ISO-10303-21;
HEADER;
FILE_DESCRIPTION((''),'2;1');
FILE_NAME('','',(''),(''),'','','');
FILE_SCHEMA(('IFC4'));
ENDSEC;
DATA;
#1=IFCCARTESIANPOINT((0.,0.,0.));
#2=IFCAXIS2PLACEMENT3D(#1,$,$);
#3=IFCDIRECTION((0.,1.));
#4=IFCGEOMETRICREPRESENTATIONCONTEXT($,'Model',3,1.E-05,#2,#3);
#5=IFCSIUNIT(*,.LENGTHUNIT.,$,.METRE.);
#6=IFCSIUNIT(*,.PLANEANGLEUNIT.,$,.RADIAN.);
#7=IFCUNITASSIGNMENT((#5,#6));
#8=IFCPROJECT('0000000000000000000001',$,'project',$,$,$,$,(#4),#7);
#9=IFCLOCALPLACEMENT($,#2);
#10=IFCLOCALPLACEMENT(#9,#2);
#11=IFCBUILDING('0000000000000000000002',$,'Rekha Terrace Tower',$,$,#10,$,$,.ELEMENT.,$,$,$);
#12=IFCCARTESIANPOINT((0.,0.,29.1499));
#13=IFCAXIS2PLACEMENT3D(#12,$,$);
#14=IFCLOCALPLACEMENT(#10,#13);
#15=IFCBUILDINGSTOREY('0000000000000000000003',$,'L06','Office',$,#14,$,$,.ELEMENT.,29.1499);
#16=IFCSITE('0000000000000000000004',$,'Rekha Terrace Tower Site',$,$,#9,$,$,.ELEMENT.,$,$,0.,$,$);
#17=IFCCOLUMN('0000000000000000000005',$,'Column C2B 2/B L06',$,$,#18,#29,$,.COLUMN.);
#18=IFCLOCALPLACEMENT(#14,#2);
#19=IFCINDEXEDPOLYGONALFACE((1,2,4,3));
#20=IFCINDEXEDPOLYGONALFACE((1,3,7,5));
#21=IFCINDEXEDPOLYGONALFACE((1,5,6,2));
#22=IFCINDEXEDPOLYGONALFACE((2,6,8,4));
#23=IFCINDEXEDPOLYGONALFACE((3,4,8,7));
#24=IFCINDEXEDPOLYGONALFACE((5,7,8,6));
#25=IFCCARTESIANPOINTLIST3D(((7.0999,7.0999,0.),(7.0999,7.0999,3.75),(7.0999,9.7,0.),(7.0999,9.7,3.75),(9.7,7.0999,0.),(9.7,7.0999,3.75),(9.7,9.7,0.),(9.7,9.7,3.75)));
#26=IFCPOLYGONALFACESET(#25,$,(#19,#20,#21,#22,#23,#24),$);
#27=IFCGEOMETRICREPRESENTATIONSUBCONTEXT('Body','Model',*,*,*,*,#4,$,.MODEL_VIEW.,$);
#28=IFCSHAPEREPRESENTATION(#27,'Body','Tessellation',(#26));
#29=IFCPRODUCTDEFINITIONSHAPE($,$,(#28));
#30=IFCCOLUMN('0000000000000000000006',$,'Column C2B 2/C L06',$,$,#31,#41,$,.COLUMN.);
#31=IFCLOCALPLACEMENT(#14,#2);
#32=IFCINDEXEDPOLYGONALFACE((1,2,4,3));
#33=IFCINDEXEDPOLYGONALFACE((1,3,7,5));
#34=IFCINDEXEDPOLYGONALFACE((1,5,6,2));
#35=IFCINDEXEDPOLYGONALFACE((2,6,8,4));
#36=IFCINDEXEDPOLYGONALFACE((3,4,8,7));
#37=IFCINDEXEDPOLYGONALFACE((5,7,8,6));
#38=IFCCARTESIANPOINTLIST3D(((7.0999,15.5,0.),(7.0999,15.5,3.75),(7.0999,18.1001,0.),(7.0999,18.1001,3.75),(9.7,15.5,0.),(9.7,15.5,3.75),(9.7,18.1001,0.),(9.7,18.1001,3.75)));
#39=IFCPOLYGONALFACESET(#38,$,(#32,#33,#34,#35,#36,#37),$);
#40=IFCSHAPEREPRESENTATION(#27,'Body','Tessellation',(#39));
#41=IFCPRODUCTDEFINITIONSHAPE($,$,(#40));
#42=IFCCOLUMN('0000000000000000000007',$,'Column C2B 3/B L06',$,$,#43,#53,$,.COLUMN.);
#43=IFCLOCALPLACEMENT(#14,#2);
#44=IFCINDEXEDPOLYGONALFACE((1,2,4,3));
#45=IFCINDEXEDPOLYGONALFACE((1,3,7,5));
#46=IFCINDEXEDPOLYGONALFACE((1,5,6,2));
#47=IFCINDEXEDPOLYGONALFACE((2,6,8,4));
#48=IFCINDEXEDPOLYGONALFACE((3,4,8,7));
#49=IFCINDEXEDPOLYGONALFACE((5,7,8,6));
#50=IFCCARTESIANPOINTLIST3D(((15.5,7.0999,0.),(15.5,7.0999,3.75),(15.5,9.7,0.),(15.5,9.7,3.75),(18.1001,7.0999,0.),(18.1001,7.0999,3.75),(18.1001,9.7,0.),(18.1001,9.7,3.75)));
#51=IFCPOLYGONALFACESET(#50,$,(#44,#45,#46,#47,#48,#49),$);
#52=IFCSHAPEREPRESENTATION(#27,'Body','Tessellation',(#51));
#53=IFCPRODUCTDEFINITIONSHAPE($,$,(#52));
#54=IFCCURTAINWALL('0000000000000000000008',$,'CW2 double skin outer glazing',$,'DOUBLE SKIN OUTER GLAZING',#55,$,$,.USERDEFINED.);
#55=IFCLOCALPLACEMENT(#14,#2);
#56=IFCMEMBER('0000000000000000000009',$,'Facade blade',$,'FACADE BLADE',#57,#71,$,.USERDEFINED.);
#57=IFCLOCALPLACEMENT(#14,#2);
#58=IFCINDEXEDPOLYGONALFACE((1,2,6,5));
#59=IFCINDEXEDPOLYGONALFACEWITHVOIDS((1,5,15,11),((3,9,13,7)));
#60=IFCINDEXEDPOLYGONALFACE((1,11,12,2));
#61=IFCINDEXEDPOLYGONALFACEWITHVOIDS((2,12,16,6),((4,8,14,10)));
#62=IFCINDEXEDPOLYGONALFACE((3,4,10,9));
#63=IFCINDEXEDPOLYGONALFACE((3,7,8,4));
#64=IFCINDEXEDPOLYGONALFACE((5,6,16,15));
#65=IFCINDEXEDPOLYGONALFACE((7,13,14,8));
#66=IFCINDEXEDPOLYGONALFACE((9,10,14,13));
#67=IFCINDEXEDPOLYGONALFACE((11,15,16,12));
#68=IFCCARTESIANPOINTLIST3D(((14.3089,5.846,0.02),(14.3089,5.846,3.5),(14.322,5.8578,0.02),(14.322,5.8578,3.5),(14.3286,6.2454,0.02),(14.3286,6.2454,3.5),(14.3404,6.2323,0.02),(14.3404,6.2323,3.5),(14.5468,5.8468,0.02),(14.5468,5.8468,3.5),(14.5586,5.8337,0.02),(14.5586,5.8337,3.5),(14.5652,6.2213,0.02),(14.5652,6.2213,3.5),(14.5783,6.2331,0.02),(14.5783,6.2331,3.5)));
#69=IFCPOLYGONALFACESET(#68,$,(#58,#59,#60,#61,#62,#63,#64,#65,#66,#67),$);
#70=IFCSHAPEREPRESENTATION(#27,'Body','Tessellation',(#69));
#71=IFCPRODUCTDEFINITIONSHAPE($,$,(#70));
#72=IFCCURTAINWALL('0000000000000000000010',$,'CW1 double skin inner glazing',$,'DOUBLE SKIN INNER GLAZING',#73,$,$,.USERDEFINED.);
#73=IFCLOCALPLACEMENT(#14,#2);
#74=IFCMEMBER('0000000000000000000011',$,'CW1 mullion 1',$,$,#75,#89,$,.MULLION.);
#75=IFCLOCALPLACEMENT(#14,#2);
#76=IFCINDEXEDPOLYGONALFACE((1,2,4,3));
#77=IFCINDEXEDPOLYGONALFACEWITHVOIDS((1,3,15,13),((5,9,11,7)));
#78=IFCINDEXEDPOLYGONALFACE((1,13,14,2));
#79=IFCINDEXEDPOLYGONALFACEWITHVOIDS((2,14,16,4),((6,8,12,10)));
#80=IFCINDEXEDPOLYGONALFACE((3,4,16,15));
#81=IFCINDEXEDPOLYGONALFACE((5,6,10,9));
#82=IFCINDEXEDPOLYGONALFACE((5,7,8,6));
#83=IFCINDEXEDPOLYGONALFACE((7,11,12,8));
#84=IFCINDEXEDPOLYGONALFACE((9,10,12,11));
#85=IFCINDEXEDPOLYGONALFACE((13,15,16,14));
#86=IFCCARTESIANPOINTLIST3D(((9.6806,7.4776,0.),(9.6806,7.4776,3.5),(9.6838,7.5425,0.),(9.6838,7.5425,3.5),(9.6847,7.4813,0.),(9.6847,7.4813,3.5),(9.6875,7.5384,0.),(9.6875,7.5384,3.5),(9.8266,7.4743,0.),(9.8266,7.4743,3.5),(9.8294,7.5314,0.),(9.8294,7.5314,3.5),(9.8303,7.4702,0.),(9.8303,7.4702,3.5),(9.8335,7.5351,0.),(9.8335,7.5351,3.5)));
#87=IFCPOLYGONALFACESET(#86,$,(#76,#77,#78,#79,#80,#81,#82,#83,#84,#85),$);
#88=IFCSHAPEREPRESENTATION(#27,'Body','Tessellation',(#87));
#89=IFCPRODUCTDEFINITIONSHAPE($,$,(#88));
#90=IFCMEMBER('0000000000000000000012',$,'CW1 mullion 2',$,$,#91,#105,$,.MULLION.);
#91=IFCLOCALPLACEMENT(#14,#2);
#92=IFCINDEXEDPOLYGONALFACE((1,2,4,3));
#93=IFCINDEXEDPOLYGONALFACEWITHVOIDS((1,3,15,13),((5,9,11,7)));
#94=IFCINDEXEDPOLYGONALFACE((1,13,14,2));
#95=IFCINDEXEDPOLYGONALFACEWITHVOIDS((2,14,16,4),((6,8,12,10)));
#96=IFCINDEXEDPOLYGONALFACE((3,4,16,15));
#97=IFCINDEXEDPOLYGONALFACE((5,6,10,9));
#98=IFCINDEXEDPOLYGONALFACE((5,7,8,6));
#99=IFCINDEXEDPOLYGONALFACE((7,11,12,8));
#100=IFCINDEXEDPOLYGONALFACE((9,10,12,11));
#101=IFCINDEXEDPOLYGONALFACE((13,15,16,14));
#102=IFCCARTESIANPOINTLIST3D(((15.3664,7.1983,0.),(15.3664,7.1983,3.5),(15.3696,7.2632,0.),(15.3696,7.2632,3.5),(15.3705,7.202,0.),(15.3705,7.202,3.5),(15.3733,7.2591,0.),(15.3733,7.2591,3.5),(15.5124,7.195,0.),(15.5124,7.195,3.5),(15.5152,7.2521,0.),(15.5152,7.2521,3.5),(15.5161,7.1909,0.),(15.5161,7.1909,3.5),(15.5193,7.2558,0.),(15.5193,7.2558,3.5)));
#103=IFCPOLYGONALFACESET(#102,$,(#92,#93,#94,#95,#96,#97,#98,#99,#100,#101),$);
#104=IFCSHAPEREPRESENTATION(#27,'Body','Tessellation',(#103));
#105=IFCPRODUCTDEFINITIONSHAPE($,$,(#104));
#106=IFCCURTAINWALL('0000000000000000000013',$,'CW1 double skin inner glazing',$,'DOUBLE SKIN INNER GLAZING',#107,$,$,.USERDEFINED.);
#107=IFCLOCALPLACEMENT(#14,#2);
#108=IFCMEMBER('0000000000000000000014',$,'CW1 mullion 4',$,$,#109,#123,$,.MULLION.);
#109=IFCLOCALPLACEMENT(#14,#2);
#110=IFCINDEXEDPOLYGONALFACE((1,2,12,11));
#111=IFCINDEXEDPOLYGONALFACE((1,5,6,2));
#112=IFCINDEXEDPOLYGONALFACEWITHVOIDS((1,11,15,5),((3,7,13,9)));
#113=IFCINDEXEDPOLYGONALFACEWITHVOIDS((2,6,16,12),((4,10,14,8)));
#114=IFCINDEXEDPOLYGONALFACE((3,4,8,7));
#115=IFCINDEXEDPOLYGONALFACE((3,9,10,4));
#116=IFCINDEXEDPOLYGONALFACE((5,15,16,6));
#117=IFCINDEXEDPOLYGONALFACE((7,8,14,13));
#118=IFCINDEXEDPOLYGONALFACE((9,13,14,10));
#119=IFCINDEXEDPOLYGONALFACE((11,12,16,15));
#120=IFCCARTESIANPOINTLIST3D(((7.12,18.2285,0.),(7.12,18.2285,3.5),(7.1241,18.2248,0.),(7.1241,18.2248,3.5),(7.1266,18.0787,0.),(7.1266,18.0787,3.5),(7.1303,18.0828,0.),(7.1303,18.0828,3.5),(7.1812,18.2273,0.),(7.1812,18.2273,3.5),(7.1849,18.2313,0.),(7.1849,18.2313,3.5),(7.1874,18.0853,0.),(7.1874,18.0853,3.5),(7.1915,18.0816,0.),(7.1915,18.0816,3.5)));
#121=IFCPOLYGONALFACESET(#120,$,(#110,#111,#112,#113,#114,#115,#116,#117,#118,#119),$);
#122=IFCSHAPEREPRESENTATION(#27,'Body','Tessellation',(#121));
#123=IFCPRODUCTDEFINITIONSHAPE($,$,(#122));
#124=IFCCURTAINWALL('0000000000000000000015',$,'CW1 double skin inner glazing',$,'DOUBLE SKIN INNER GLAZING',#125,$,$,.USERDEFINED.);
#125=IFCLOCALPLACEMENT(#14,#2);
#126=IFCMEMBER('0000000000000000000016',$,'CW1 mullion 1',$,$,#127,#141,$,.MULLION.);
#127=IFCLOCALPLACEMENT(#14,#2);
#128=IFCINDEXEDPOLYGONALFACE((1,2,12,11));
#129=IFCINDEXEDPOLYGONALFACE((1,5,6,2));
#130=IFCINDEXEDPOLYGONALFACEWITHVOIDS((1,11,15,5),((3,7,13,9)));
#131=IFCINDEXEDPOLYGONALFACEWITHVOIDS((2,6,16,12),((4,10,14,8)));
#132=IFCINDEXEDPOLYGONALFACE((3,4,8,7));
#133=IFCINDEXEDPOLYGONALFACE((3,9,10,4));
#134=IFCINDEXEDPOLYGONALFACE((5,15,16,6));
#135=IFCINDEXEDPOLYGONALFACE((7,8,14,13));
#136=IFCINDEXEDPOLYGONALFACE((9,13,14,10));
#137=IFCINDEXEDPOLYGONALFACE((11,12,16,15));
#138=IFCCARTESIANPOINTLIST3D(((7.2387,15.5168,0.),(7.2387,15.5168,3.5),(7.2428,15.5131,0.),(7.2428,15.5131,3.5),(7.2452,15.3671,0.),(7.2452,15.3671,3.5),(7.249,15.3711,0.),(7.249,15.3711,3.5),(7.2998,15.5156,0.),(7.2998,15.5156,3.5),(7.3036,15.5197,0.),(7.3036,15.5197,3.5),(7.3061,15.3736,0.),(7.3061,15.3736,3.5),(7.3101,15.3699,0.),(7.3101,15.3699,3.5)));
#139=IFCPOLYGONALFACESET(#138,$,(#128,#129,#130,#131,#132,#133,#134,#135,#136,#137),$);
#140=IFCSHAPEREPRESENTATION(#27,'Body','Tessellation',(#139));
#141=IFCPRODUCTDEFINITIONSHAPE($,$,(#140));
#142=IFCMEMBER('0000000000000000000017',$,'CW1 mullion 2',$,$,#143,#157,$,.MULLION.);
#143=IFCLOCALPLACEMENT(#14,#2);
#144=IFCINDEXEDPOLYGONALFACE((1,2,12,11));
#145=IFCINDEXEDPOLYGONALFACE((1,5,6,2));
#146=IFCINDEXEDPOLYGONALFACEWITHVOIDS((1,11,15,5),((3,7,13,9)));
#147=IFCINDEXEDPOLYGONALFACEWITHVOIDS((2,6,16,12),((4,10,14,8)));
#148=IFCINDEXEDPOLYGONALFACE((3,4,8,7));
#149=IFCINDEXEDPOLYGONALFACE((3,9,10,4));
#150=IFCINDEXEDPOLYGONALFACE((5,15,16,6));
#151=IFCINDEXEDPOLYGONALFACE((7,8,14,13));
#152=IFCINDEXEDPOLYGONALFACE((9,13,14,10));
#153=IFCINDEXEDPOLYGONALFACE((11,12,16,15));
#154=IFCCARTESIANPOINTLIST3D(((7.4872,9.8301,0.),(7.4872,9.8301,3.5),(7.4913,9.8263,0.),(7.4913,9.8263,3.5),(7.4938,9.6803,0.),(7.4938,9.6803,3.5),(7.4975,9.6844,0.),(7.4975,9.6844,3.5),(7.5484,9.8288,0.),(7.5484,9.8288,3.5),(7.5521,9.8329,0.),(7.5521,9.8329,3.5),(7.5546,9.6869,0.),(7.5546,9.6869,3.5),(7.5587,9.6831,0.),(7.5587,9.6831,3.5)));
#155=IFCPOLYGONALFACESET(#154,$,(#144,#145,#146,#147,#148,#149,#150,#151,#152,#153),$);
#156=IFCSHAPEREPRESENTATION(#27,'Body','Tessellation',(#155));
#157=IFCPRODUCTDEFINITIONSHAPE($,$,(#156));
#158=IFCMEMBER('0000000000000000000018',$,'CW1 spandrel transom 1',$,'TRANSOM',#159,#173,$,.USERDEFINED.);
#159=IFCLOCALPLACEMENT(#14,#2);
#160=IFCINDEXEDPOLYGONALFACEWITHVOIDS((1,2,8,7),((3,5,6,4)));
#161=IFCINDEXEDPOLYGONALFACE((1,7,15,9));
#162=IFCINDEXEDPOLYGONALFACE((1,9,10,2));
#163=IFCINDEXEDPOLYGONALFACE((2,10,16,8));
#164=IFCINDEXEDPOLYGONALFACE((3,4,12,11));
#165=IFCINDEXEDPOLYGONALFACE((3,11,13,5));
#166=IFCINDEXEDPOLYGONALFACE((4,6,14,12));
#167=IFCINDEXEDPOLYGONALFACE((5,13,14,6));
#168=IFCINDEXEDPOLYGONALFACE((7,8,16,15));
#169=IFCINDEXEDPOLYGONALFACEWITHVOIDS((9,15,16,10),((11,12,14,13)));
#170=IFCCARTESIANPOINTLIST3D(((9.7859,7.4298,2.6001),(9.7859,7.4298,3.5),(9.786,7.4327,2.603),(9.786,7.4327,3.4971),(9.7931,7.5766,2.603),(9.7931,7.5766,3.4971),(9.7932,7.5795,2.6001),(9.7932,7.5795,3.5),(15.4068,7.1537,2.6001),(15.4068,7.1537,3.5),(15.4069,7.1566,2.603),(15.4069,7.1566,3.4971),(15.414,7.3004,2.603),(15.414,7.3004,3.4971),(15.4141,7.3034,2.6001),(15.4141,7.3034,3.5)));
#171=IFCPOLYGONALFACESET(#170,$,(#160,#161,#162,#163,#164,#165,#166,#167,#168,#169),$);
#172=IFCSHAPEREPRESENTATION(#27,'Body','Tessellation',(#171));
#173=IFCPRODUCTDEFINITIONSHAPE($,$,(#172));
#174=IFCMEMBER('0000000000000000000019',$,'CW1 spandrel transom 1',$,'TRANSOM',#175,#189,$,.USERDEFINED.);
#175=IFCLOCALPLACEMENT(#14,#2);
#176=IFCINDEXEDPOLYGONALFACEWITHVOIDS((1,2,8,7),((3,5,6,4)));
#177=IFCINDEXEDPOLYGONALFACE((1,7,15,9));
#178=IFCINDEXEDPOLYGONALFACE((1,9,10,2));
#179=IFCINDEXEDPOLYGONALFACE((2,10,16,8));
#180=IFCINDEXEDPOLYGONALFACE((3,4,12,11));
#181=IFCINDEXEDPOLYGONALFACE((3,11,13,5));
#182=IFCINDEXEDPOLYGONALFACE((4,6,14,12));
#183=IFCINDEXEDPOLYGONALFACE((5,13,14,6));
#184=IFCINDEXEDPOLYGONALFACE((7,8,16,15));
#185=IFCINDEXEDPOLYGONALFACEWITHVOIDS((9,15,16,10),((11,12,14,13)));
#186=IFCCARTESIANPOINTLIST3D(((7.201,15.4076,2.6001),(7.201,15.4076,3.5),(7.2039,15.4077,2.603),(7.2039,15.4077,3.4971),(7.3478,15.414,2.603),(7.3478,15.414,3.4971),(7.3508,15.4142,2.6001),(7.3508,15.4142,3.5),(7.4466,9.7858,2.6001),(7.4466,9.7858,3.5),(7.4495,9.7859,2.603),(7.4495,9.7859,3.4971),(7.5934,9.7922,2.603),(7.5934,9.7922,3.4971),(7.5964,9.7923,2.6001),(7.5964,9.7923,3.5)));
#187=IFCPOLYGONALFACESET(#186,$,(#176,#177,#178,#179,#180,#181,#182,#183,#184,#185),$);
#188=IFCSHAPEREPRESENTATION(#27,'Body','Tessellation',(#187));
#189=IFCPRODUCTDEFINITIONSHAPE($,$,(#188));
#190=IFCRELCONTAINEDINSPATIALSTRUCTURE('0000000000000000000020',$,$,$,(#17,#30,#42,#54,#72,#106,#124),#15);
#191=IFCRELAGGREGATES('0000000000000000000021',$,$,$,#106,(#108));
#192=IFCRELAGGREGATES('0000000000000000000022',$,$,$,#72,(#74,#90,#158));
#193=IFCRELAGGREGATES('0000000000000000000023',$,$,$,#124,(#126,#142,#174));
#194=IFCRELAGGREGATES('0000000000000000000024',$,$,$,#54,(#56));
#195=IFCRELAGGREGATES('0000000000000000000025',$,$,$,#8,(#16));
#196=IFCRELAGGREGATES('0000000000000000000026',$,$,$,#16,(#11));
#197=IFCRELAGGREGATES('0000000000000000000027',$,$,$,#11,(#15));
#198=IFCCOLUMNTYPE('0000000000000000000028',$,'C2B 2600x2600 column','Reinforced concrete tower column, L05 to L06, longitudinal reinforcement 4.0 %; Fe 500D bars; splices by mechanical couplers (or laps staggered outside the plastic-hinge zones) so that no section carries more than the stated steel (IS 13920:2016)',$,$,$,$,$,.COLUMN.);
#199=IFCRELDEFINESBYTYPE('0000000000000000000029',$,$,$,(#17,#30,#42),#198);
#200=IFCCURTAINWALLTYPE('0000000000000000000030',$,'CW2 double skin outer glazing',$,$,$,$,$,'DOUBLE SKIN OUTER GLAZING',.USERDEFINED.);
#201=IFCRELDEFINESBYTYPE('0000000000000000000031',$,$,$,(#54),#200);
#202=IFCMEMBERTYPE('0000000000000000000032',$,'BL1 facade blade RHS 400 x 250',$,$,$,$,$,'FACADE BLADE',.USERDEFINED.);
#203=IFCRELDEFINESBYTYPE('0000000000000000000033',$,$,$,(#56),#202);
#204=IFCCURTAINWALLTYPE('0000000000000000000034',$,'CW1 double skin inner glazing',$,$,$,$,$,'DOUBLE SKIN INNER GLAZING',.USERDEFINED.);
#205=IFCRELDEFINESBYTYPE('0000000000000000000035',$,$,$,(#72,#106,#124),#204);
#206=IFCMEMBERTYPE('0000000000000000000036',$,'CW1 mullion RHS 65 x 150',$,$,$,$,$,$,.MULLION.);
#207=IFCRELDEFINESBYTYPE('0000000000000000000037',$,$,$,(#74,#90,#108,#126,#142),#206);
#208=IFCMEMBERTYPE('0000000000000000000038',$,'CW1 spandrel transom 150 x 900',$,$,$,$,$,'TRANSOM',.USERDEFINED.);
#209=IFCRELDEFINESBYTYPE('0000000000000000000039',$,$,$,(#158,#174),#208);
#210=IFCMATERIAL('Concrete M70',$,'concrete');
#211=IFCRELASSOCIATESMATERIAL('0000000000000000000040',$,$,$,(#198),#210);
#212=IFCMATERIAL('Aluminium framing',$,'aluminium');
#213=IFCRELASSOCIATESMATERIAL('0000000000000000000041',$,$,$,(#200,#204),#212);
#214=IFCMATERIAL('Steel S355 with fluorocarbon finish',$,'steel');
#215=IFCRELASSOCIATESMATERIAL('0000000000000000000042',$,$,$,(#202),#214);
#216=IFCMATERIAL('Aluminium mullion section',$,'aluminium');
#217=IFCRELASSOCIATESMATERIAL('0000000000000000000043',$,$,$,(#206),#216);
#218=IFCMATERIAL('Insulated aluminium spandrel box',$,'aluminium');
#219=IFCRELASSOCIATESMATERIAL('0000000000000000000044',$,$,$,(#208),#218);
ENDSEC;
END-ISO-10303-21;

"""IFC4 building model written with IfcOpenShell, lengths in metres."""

from ifc_helpers import new_model, si_unit, direction, frame, origin, origin_2d, place, context, subcontext, project, spatial, rectangle, hollow_rectangle, extrude, material, material_profile, profile_set, type_object, element, aggregate, save


model = new_model("IFC4")

# Units and contexts
model_context = context("Model", 3, precision=1e-05, world=origin(), true_north=direction((0.0, 1.0)))
body_context = subcontext(model_context, "Body", "Model", "MODEL_VIEW")
ifc_project = project(units=[si_unit("LENGTHUNIT", "METRE"), si_unit("PLANEANGLEUNIT", "RADIAN")], contexts=[model_context])

# Site, building, storey
site_placement = place(None, origin())
site = spatial("IfcSite", under=ifc_project, at=site_placement, Name="Rekha Terrace Tower Site", CompositionType="ELEMENT", RefElevation=0.0)
building_placement = place(site_placement, origin())
building = spatial("IfcBuilding", under=site, at=building_placement, Name="Rekha Terrace Tower", CompositionType="ELEMENT")
storey_placement = place(building_placement, frame((0.0, 0.0, 29.1499)))
storey = spatial("IfcBuildingStorey", under=building, at=storey_placement, Name="L06", Description="Office", CompositionType="ELEMENT", Elevation=29.1499)

# Columns
ifc_material_1 = material(Name="Concrete M70", Category="concrete")
ifc_material_profile_1 = material_profile(ifc_material_1, rectangle(XDim=2.6001, YDim=2.6001, at=origin_2d()), Name="RC 2600x2600")
ifc_profile_set_1 = profile_set([ifc_material_profile_1], Name="Concrete M70")
column_type = type_object("IfcColumnType", Name="C2B 2600x2600 column", Description="Reinforced concrete tower column, L05 to L06, longitudinal reinforcement 4.0 %; Fe 500D bars; splices by mechanical couplers (or laps staggered outside the plastic-hinge zones) so that no section carries more than the stated steel (IS 13920:2016)", PredefinedType="COLUMN", material=ifc_profile_set_1)
for number, where, z_axis, x_axis, name in (
    (1, (8.3999, 8.3999, 0.0), (0.0, 0.0, 1.0), (1.0, 0.0, 0.0), "Column C2B 2/B L06"),
    (2, (8.3999, 16.8, 0.0), (0.0, 0.0, 1.0), (1.0, 0.0, 0.0), "Column C2B 2/C L06"),
    (3, (16.8, 8.3999, 0.0), (0.0, 0.0, 1.0), (1.0, 0.0, 0.0), "Column C2B 3/B L06"),
):
    element("IfcColumn", number, at=place(storey_placement, frame(where, z_axis=z_axis, x_axis=x_axis)), inside=storey, type_object=column_type, Name=name, PredefinedType="COLUMN", context=body_context, shape_type="SweptSolid", body=[
        extrude(rectangle(XDim=2.6001, YDim=2.6001, at=origin_2d()), origin(), (0.0, 0.0, 1.0), 3.75),
    ])

# Curtain wall, member
ifc_material_2 = material(Name="Aluminium framing", Category="aluminium")
curtain_wall_type_1 = type_object("IfcCurtainWallType", Name="CW2 double skin outer glazing", ElementType="DOUBLE SKIN OUTER GLAZING", PredefinedType="USERDEFINED", material=ifc_material_2)
curtain_wall_1_placement = place(storey_placement, origin())
curtain_wall_1 = element("IfcCurtainWall", 4, at=curtain_wall_1_placement, inside=storey, type_object=curtain_wall_type_1, Name="CW2 double skin outer glazing", ObjectType="DOUBLE SKIN OUTER GLAZING", PredefinedType="USERDEFINED")
ifc_material_3 = material(Name="Steel S355 with fluorocarbon finish", Category="steel")
ifc_material_profile_2 = material_profile(ifc_material_3, hollow_rectangle(XDim=0.25, YDim=0.3999, WallThickness=0.0125, at=origin_2d()), Name="RHS400x250x12.5")
ifc_profile_set_2 = profile_set([ifc_material_profile_2], Name="Steel S355 with fluorocarbon finish")
member_type_1 = type_object("IfcMemberType", Name="BL1 facade blade RHS 400 x 250", ElementType="FACADE BLADE", PredefinedType="USERDEFINED", material=ifc_profile_set_2)
member_1_placement = place(storey_placement, frame((14.4436, 6.0396, 0.02), z_axis=(0.0, 0.0, 1.0), x_axis=(0.998796, -0.049052, 0.0)))
member_1 = element("IfcMember", 5, at=member_1_placement, type_object=member_type_1, Name="Facade blade", ObjectType="FACADE BLADE", PredefinedType="USERDEFINED", context=body_context, shape_type="SweptSolid", body=[
    extrude(hollow_rectangle(XDim=0.25, YDim=0.3999, WallThickness=0.0125, at=origin_2d()), origin(), (0.0, 0.0, 1.0), 3.48),
])

# Curtain wall, members
curtain_wall_type_2 = type_object("IfcCurtainWallType", Name="CW1 double skin inner glazing", ElementType="DOUBLE SKIN INNER GLAZING", PredefinedType="USERDEFINED", material=ifc_material_2)
curtain_wall_2_placement = place(storey_placement, origin())
curtain_wall_2 = element("IfcCurtainWall", 6, at=curtain_wall_2_placement, inside=storey, type_object=curtain_wall_type_2, Name="CW1 double skin inner glazing", ObjectType="DOUBLE SKIN INNER GLAZING", PredefinedType="USERDEFINED")
ifc_material_4 = material(Name="Aluminium mullion section", Category="aluminium")
ifc_material_profile_3 = material_profile(ifc_material_4, hollow_rectangle(XDim=0.0649, YDim=0.1499, WallThickness=0.0039, at=origin_2d()), Name="AL RHS 65x150")
ifc_profile_set_3 = profile_set([ifc_material_profile_3], Name="Aluminium mullion section")
member_type_2 = type_object("IfcMemberType", Name="CW1 mullion RHS 65 x 150", PredefinedType="MULLION", material=ifc_profile_set_3)
member_2_placement = place(storey_placement, frame((9.7571, 7.5063, 0.0), z_axis=(0.0, 0.0, 1.0), x_axis=(0.049052, 0.998796, 0.0)))
member_2 = element("IfcMember", 7, at=member_2_placement, type_object=member_type_2, Name="CW1 mullion 1", PredefinedType="MULLION", context=body_context, shape_type="SweptSolid", body=[
    extrude(hollow_rectangle(XDim=0.0649, YDim=0.1499, WallThickness=0.0039, at=origin_2d()), origin(), (0.0, 0.0, 1.0), 3.5),
])
member_3_placement = place(storey_placement, frame((15.4429, 7.2271, 0.0), z_axis=(0.0, 0.0, 1.0), x_axis=(0.049052, 0.998796, 0.0)))
member_3 = element("IfcMember", 8, at=member_3_placement, type_object=member_type_2, Name="CW1 mullion 2", PredefinedType="MULLION", context=body_context, shape_type="SweptSolid", body=[
    extrude(hollow_rectangle(XDim=0.0649, YDim=0.1499, WallThickness=0.0039, at=origin_2d()), origin(), (0.0, 0.0, 1.0), 3.5),
])

# Curtain wall, member
curtain_wall_3_placement = place(storey_placement, origin())
curtain_wall_3 = element("IfcCurtainWall", 9, at=curtain_wall_3_placement, inside=storey, type_object=curtain_wall_type_2, Name="CW1 double skin inner glazing", ObjectType="DOUBLE SKIN INNER GLAZING", PredefinedType="USERDEFINED")
member_4_placement = place(storey_placement, frame((7.1558, 18.155, 0.0), z_axis=(0.0, 0.0, 1.0), x_axis=(0.999045, 0.043683, 0.0)))
member_4 = element("IfcMember", 10, at=member_4_placement, type_object=member_type_2, Name="CW1 mullion 4", PredefinedType="MULLION", context=body_context, shape_type="SweptSolid", body=[
    extrude(hollow_rectangle(XDim=0.0649, YDim=0.1499, WallThickness=0.0039, at=origin_2d()), origin(), (0.0, 0.0, 1.0), 3.5),
])
aggregate(curtain_wall_3, [member_4])

# Curtain wall, members
curtain_wall_4_placement = place(storey_placement, origin())
curtain_wall_4 = element("IfcCurtainWall", 11, at=curtain_wall_4_placement, inside=storey, type_object=curtain_wall_type_2, Name="CW1 double skin inner glazing", ObjectType="DOUBLE SKIN INNER GLAZING", PredefinedType="USERDEFINED")
member_5_placement = place(storey_placement, frame((7.2744, 15.4434, 0.0), z_axis=(0.0, 0.0, 1.0), x_axis=(0.999045, 0.043683, 0.0)))
member_5 = element("IfcMember", 12, at=member_5_placement, type_object=member_type_2, Name="CW1 mullion 1", PredefinedType="MULLION", context=body_context, shape_type="SweptSolid", body=[
    extrude(hollow_rectangle(XDim=0.0649, YDim=0.1499, WallThickness=0.0039, at=origin_2d()), origin(), (0.0, 0.0, 1.0), 3.5),
])
member_6_placement = place(storey_placement, frame((7.5229, 9.7566, 0.0), z_axis=(0.0, 0.0, 1.0), x_axis=(0.999045, 0.043683, 0.0)))
member_6 = element("IfcMember", 13, at=member_6_placement, type_object=member_type_2, Name="CW1 mullion 2", PredefinedType="MULLION", context=body_context, shape_type="SweptSolid", body=[
    extrude(hollow_rectangle(XDim=0.0649, YDim=0.1499, WallThickness=0.0039, at=origin_2d()), origin(), (0.0, 0.0, 1.0), 3.5),
])

# Members
ifc_material_5 = material(Name="Insulated aluminium spandrel box", Category="aluminium")
ifc_material_profile_4 = material_profile(ifc_material_5, hollow_rectangle(XDim=0.1499, YDim=0.8999, WallThickness=0.0029, at=origin_2d()), Name="AL SPANDREL BOX 150x900")
ifc_profile_set_4 = profile_set([ifc_material_profile_4], Name="Insulated aluminium spandrel box")
member_type_3 = type_object("IfcMemberType", Name="CW1 spandrel transom 150 x 900", ElementType="TRANSOM", PredefinedType="USERDEFINED", material=ifc_profile_set_4)
member_7_placement = place(storey_placement, frame((9.7896, 7.5046, 3.05), z_axis=(0.998796, -0.049066, 0.0), x_axis=(0.049066, 0.998796, 0.0)))
member_7 = element("IfcMember", 14, at=member_7_placement, type_object=member_type_3, Name="CW1 spandrel transom 1", ObjectType="TRANSOM", PredefinedType="USERDEFINED", context=body_context, shape_type="SweptSolid", body=[
    extrude(hollow_rectangle(XDim=0.1499, YDim=0.8999, WallThickness=0.0029, at=origin_2d()), origin(), (0.0, 0.0, 1.0), 5.6277),
])
member_8_placement = place(storey_placement, frame((7.2759, 15.4109, 3.05), z_axis=(0.043646, -0.999047, 0.0), x_axis=(0.999047, 0.043646, 0.0)))
member_8 = element("IfcMember", 15, at=member_8_placement, type_object=member_type_3, Name="CW1 spandrel transom 1", ObjectType="TRANSOM", PredefinedType="USERDEFINED", context=body_context, shape_type="SweptSolid", body=[
    extrude(hollow_rectangle(XDim=0.1499, YDim=0.8999, WallThickness=0.0029, at=origin_2d()), origin(), (0.0, 0.0, 1.0), 5.6272),
])

aggregate(curtain_wall_2, [member_2, member_3, member_7])
aggregate(curtain_wall_4, [member_5, member_6, member_8])
aggregate(curtain_wall_1, [member_1])

save(model, "model.ifc")
